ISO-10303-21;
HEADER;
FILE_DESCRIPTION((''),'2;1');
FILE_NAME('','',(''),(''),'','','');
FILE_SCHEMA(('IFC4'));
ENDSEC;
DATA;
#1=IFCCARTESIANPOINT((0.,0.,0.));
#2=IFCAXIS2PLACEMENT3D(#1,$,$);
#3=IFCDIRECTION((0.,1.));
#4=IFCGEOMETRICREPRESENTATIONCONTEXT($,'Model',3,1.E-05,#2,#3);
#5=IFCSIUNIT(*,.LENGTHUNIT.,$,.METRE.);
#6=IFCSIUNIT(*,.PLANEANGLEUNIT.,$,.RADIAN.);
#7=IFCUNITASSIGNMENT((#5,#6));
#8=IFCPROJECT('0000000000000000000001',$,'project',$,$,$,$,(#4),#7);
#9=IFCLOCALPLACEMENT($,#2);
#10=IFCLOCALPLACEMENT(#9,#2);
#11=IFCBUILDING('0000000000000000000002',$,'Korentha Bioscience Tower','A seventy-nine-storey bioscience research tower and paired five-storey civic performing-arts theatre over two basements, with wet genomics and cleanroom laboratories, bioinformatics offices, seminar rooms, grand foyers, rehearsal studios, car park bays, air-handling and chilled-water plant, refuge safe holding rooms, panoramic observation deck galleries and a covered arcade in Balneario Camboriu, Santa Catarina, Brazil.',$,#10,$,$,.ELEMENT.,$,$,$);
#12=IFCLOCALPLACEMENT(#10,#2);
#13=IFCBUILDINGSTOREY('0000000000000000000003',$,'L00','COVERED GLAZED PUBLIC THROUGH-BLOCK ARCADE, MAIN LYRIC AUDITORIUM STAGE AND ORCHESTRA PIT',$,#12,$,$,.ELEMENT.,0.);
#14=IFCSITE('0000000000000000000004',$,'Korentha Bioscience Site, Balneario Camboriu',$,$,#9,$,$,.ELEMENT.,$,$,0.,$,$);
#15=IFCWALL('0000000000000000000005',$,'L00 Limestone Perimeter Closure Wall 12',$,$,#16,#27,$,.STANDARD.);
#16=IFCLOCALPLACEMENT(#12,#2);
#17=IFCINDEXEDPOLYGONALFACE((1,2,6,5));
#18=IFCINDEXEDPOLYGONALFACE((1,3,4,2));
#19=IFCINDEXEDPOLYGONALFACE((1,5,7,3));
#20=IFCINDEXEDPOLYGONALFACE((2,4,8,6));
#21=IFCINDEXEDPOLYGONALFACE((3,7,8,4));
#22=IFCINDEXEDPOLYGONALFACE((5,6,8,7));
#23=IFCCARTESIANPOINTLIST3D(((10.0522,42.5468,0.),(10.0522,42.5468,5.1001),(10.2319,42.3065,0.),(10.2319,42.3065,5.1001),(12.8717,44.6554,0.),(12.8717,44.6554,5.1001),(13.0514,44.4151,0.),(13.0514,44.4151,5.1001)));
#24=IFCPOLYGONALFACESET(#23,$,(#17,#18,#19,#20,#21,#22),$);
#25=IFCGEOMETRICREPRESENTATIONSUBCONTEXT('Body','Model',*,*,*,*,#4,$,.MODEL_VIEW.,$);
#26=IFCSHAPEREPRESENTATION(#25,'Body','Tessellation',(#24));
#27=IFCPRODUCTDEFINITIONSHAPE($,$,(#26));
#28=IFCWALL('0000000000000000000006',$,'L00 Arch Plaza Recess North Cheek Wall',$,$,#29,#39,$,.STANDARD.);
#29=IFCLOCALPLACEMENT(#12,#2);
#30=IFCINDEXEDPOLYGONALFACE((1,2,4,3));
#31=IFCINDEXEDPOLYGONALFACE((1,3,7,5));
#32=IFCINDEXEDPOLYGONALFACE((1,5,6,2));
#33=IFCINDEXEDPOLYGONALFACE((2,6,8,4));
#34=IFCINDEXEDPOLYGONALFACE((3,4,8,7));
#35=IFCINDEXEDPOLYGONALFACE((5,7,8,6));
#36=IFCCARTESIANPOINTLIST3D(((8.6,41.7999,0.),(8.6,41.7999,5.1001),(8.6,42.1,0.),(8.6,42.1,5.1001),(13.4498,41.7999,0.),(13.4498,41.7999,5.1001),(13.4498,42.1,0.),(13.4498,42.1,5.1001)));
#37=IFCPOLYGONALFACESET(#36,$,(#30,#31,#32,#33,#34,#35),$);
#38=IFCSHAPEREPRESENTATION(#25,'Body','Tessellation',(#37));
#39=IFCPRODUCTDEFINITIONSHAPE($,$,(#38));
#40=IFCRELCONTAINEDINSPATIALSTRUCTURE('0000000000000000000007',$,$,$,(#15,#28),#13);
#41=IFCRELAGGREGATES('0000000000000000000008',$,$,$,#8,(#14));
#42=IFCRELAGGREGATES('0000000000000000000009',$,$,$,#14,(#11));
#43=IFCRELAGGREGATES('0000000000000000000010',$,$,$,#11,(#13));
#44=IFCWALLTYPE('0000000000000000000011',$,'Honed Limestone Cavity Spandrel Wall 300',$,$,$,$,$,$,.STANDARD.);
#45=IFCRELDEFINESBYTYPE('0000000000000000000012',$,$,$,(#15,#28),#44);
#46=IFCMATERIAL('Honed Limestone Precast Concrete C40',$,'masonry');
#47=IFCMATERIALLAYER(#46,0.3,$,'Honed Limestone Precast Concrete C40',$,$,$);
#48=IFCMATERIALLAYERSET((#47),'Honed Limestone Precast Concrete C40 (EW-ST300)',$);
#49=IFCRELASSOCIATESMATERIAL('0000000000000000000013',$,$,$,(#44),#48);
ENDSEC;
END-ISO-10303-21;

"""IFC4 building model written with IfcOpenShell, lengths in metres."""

from ifc_helpers import new_model, si_unit, direction, frame, frame_2d, origin, place, context, subcontext, project, spatial, rectangle, extrude, material, layer, layer_set, type_object, element, save


model = new_model("IFC4")

# Units and contexts
model_context = context("Model", 3, precision=1e-05, world=origin(), true_north=direction((0.0, 1.0)))
body_context = subcontext(model_context, "Body", "Model", "MODEL_VIEW")
ifc_project = project(units=[si_unit("LENGTHUNIT", "METRE"), si_unit("PLANEANGLEUNIT", "RADIAN")], contexts=[model_context])

# Site, building, storey
site_placement = place(None, origin())
site = spatial("IfcSite", under=ifc_project, at=site_placement, Name="Korentha Bioscience Site, Balneario Camboriu", CompositionType="ELEMENT", RefElevation=0.0)
building_placement = place(site_placement, origin())
building = spatial("IfcBuilding", under=site, at=building_placement, Name="Korentha Bioscience Tower", Description="A seventy-nine-storey bioscience research tower and paired five-storey civic performing-arts theatre over two basements, with wet genomics and cleanroom laboratories, bioinformatics offices, seminar rooms, grand foyers, rehearsal studios, car park bays, air-handling and chilled-water plant, refuge safe holding rooms, panoramic observation deck galleries and a covered arcade in Balneario Camboriu, Santa Catarina, Brazil.", CompositionType="ELEMENT")
storey_placement = place(building_placement, origin())
storey = spatial("IfcBuildingStorey", under=building, at=storey_placement, Name="L00", Description="COVERED GLAZED PUBLIC THROUGH-BLOCK ARCADE, MAIN LYRIC AUDITORIUM STAGE AND ORCHESTRA PIT", CompositionType="ELEMENT", Elevation=0.0)

# Shared definitions
ifc_material_1 = material(Name="Honed Limestone Precast Concrete C40", Category="masonry")
ifc_layer_1 = layer(ifc_material_1, 0.3, Name="Honed Limestone Precast Concrete C40")
ifc_layer_set_1 = layer_set([ifc_layer_1], Name="Honed Limestone Precast Concrete C40 (EW-ST300)")
wall_type_1 = type_object("IfcWallType", Name="Honed Limestone Cavity Spandrel Wall 300", PredefinedType="STANDARD", material=ifc_layer_set_1)

# Walls
wall_1_placement = place(storey_placement, frame((12.9614, 44.5352, 0.0), z_axis=(0.0, 0.0, 1.0), x_axis=(-0.800823, -0.598901, 0.0)))
element("IfcWall", 1, at=wall_1_placement, inside=storey, type_object=wall_type_1, Name="L00 Limestone Perimeter Closure Wall 12", PredefinedType="STANDARD", context=body_context, shape_type="SweptSolid", body=[
    extrude(rectangle(XDim=3.5208, YDim=0.3, at=frame_2d((1.7603, 0.0))), origin(), (0.0, 0.0, 1.0), 5.1001),
])
wall_2_placement = place(storey_placement, frame((8.6001, 41.95, 0.0), z_axis=(0.0, 0.0, 1.0), x_axis=(1.0, 0.0, 0.0)))
element("IfcWall", 2, at=wall_2_placement, inside=storey, type_object=wall_type_1, Name="L00 Arch Plaza Recess North Cheek Wall", PredefinedType="STANDARD", context=body_context, shape_type="SweptSolid", body=[
    extrude(rectangle(XDim=4.8499, YDim=0.3, at=frame_2d((2.4248, 0.0))), origin(), (0.0, 0.0, 1.0), 5.1001),
])

save(model, "model.ifc")
